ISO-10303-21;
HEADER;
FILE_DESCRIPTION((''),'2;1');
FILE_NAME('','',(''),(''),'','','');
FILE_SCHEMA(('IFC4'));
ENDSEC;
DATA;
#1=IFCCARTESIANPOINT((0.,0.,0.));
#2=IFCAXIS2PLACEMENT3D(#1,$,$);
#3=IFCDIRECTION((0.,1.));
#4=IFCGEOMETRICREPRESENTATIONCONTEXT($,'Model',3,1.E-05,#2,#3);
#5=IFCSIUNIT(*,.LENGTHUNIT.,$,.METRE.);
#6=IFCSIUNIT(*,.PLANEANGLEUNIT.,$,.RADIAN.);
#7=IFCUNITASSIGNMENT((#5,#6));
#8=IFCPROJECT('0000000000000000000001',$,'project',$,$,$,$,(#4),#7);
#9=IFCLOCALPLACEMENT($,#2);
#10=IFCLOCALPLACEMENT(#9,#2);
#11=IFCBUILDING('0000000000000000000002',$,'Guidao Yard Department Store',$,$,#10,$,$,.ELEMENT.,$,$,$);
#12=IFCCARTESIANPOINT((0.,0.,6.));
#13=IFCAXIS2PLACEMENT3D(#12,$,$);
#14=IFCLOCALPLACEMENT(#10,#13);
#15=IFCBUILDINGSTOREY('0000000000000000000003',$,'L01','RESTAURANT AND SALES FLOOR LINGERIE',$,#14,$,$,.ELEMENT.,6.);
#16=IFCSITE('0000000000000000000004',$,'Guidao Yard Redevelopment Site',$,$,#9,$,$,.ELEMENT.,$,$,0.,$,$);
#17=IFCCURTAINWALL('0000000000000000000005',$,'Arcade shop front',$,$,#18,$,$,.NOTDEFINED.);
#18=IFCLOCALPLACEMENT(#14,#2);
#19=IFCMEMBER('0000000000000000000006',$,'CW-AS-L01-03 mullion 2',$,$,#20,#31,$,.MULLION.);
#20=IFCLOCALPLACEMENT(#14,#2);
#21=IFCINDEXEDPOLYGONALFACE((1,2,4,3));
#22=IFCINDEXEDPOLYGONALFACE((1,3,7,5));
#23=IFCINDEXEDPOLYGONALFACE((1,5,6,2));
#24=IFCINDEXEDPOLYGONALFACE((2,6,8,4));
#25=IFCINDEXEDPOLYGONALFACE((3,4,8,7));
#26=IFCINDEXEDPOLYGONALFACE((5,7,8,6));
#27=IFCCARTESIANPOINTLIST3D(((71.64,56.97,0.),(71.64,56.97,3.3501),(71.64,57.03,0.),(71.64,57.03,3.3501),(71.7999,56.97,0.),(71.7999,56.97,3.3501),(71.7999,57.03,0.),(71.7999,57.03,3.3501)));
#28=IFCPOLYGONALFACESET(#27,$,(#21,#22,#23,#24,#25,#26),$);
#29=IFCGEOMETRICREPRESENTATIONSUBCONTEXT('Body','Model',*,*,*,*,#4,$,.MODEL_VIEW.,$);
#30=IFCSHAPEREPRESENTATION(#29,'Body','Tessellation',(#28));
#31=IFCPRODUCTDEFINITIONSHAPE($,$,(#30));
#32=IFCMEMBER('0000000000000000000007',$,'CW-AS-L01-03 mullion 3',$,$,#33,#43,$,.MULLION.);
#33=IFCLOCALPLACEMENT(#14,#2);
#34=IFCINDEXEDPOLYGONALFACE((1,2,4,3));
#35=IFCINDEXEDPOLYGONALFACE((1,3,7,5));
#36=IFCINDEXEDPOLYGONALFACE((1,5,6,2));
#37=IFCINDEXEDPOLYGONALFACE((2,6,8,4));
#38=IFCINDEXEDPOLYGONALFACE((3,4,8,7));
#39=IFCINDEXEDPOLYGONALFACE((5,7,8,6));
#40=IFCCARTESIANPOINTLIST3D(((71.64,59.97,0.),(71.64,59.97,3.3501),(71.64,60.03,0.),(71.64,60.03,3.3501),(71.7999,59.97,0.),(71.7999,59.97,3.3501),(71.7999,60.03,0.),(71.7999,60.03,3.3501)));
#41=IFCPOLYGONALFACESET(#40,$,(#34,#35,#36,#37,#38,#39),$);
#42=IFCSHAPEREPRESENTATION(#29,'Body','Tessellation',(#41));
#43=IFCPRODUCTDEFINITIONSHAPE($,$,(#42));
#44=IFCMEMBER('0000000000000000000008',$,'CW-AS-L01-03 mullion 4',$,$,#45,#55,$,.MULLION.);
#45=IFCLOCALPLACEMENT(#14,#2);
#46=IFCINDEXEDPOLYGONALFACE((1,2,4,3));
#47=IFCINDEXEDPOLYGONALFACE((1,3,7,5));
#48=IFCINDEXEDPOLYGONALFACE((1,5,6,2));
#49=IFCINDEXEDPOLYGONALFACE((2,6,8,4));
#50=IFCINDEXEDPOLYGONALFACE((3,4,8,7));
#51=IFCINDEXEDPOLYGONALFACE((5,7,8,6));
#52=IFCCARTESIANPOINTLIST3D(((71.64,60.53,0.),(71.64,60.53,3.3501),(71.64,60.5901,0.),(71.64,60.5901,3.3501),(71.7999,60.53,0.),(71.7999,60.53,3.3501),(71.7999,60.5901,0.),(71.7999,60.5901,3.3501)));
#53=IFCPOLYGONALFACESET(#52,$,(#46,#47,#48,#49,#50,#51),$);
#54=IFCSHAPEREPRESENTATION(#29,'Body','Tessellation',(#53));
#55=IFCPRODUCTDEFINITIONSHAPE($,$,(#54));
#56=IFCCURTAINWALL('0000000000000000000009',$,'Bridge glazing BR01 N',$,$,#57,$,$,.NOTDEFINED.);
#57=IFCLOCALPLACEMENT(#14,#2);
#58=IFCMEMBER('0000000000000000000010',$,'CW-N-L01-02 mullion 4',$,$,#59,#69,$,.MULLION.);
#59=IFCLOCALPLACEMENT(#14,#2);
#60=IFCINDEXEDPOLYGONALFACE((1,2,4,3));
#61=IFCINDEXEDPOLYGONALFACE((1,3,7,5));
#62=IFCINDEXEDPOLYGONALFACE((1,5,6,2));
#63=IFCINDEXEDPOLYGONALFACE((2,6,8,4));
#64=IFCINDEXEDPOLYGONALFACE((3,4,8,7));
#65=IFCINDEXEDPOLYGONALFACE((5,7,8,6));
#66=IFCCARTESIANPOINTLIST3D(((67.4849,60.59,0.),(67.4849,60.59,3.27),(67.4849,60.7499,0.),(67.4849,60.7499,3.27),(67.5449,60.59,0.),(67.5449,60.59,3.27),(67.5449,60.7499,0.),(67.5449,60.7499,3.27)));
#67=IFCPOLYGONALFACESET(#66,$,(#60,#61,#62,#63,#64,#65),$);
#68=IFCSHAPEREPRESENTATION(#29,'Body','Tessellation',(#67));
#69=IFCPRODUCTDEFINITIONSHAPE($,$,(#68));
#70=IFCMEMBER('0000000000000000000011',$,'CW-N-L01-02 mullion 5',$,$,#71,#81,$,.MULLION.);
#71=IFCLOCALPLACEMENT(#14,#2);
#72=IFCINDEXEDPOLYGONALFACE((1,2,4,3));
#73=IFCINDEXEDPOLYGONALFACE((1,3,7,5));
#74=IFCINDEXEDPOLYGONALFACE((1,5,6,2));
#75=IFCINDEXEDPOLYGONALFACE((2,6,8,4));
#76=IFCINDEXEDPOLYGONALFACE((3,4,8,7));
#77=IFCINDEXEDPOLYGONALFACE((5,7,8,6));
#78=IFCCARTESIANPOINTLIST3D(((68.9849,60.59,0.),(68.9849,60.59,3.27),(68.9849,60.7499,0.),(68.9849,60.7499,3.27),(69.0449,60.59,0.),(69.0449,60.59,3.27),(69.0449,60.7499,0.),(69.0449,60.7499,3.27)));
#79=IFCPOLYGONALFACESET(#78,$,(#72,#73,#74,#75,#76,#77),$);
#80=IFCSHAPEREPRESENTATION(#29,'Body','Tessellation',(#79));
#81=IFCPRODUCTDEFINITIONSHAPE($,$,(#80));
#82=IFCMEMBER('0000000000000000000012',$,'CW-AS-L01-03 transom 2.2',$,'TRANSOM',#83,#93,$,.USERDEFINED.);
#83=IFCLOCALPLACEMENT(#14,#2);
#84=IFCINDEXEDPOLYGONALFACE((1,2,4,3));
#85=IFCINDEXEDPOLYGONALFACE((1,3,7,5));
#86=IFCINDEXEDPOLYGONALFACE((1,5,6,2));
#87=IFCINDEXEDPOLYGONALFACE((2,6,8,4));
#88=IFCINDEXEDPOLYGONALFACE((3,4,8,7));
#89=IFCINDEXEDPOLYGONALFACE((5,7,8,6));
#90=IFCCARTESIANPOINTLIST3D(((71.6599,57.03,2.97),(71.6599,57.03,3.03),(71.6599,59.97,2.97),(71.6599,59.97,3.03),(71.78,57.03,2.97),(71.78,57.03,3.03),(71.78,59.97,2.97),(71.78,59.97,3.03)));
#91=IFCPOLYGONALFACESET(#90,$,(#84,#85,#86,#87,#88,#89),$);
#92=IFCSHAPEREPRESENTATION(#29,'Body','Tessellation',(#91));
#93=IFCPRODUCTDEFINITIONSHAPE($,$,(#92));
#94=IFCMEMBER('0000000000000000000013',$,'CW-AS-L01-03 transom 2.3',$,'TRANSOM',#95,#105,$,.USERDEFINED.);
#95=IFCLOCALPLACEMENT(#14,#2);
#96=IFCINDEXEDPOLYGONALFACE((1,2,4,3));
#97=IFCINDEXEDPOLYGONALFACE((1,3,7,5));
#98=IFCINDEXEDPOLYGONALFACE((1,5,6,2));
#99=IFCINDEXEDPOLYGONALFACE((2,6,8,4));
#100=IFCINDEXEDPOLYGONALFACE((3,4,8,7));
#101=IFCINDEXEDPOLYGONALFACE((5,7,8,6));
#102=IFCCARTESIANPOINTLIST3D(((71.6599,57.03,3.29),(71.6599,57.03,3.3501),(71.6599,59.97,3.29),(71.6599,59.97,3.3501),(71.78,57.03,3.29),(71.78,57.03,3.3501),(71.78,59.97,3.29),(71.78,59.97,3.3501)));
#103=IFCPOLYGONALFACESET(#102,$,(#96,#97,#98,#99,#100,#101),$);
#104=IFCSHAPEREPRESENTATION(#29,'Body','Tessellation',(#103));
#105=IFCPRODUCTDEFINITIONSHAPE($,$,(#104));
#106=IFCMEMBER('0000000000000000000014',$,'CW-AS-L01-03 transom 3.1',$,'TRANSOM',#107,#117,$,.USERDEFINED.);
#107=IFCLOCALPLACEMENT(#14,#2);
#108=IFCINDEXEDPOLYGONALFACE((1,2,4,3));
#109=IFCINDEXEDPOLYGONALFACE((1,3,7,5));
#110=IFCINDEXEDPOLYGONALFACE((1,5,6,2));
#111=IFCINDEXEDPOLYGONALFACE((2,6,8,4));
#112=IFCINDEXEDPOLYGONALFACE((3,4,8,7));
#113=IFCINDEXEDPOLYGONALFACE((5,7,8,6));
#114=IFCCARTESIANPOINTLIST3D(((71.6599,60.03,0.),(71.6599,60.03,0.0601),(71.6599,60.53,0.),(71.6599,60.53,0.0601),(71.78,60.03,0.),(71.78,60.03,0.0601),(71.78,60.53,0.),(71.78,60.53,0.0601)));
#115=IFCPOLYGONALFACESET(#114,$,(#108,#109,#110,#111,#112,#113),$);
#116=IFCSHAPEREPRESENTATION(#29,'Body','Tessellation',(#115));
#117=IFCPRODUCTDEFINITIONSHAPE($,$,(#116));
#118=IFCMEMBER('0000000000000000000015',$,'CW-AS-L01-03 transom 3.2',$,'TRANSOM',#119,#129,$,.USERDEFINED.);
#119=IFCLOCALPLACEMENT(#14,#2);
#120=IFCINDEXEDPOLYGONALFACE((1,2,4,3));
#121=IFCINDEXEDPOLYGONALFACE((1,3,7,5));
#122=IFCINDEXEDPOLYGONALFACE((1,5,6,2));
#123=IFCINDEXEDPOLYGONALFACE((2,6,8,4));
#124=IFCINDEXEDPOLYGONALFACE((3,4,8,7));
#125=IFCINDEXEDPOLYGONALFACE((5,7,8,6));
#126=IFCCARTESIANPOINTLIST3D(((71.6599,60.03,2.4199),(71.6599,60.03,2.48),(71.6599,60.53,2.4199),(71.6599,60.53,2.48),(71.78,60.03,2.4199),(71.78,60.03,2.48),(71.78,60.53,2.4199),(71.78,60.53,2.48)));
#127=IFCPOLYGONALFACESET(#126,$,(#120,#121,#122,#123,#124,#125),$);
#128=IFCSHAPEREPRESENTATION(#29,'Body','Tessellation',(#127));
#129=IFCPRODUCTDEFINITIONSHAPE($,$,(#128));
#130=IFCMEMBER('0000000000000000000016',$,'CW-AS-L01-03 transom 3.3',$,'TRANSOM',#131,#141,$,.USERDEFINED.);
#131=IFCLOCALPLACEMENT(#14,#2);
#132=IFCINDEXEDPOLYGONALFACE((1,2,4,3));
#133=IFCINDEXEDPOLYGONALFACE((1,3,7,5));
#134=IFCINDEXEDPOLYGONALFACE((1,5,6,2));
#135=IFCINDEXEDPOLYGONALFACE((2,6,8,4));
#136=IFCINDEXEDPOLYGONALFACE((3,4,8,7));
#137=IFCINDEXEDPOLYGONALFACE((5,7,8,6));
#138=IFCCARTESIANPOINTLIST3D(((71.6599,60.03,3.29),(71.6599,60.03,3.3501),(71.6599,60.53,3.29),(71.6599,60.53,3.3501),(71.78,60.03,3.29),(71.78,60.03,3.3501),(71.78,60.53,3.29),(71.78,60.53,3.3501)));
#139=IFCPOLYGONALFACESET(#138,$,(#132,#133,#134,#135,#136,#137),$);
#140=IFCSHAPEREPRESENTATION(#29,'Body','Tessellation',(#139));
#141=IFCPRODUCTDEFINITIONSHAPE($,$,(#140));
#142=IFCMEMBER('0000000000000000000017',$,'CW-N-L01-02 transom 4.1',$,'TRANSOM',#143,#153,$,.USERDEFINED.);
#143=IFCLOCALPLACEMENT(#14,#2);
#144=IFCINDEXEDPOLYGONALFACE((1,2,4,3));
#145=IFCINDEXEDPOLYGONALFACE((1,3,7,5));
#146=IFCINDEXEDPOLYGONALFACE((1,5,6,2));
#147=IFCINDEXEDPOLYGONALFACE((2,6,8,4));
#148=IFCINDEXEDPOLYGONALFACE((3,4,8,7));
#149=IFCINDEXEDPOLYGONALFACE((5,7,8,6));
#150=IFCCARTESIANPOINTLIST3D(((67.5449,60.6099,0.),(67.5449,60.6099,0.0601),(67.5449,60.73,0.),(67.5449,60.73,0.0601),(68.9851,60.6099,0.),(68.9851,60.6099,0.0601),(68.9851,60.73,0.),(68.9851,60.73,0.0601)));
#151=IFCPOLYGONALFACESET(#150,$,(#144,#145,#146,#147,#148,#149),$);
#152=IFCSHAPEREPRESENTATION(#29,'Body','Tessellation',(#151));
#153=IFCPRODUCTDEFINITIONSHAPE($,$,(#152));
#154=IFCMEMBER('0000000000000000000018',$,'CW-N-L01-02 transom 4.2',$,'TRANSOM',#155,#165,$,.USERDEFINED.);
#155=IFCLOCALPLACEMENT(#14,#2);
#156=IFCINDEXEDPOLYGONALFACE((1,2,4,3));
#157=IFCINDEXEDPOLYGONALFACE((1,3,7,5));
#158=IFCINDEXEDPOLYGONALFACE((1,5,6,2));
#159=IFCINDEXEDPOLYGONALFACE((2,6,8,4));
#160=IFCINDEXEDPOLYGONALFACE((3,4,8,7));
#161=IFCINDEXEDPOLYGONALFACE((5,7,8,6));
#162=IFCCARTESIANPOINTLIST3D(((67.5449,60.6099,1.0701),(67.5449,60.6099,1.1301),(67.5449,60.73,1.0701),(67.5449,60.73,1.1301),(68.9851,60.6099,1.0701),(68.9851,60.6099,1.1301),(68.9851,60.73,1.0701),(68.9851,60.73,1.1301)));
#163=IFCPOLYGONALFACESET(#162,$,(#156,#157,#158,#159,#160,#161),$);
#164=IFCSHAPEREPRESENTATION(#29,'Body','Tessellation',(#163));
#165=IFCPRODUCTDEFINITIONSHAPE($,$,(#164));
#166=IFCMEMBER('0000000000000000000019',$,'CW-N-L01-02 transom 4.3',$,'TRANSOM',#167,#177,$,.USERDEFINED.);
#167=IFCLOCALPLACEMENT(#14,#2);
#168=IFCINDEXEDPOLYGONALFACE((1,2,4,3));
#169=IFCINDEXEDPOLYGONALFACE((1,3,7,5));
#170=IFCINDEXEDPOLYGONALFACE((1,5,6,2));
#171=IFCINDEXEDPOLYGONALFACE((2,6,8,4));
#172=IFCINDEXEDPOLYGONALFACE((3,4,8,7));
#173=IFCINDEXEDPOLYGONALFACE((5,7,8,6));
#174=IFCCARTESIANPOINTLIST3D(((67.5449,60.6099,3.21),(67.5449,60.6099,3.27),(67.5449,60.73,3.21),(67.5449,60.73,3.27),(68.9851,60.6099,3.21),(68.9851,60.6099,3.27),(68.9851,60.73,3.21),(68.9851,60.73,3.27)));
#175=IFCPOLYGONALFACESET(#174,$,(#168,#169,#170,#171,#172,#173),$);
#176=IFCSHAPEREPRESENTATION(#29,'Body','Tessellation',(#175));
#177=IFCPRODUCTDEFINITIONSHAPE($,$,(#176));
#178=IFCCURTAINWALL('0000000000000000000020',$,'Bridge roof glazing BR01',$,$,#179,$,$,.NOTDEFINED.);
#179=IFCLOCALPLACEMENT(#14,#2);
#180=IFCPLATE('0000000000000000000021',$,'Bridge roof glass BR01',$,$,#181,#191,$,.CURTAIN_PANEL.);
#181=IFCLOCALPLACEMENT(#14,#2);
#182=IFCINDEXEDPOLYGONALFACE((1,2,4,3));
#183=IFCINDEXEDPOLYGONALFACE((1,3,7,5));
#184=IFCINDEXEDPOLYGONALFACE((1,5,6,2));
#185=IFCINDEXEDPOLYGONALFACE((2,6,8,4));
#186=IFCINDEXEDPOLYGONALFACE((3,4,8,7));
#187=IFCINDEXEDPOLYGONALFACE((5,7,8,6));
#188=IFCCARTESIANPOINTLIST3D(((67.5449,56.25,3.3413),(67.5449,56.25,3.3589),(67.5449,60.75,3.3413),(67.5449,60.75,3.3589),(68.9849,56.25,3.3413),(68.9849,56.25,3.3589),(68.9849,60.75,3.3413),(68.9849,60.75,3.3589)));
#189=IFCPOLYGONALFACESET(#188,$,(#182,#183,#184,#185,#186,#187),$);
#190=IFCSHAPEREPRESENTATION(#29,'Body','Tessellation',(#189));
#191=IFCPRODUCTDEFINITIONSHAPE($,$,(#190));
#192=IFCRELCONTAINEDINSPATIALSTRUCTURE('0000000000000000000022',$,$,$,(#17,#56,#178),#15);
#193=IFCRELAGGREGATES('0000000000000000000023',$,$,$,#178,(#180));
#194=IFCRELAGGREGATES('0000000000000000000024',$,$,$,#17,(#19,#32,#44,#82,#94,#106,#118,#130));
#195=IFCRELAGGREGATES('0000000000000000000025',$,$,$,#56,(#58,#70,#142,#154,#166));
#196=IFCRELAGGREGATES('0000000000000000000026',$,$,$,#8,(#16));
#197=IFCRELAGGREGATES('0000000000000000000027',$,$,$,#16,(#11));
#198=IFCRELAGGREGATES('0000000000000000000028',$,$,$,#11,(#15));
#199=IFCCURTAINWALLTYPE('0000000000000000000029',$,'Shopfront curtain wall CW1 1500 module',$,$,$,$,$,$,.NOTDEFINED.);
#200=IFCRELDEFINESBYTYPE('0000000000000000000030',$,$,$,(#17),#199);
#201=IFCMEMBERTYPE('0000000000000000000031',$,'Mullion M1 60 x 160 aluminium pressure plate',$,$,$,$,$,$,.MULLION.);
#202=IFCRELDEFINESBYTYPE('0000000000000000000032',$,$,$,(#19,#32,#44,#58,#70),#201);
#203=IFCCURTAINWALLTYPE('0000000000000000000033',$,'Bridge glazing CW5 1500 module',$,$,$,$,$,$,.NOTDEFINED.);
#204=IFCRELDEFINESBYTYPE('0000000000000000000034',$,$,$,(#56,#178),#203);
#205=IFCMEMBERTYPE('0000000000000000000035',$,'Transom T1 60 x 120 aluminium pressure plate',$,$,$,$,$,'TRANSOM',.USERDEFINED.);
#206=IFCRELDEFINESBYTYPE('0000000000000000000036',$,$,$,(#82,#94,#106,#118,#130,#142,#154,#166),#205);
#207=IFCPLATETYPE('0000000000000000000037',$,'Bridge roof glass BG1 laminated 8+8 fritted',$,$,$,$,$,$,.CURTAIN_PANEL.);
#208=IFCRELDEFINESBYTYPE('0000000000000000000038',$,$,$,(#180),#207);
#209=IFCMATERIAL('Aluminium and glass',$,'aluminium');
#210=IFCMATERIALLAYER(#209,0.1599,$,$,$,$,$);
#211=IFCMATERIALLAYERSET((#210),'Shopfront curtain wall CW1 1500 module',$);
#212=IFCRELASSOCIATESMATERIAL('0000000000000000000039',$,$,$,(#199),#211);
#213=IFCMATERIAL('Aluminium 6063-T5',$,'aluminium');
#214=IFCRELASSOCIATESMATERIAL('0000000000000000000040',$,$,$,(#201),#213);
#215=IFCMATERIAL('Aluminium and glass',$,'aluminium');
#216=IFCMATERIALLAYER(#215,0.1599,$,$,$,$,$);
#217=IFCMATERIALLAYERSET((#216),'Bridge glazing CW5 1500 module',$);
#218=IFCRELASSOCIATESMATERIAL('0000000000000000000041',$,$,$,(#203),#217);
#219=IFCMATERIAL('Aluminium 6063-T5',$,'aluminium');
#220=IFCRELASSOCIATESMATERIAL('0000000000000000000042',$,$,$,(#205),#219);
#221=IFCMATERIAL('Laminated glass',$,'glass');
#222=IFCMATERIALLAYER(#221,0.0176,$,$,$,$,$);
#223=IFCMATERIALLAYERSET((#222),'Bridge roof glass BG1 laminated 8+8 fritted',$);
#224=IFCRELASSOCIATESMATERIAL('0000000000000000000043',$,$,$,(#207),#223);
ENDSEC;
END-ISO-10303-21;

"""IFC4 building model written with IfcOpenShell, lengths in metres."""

from ifc_helpers import new_model, si_unit, direction, frame, origin, origin_2d, place, context, subcontext, project, spatial, rectangle, extrude, material, layer, layer_set, material_profile, profile_set, type_object, element, aggregate, save


model = new_model("IFC4")

# Units and contexts
model_context = context("Model", 3, precision=1e-05, world=origin(), true_north=direction((0.0, 1.0)))
body_context = subcontext(model_context, "Body", "Model", "MODEL_VIEW")
ifc_project = project(units=[si_unit("LENGTHUNIT", "METRE"), si_unit("PLANEANGLEUNIT", "RADIAN")], contexts=[model_context])

# Site, building, storey
site_placement = place(None, origin())
site = spatial("IfcSite", under=ifc_project, at=site_placement, Name="Guidao Yard Redevelopment Site", CompositionType="ELEMENT", RefElevation=0.0)
building_placement = place(site_placement, origin())
building = spatial("IfcBuilding", under=site, at=building_placement, Name="Guidao Yard Department Store", CompositionType="ELEMENT")
storey_placement = place(building_placement, frame((0.0, 0.0, 6.0)))
storey = spatial("IfcBuildingStorey", under=building, at=storey_placement, Name="L01", Description="RESTAURANT AND SALES FLOOR LINGERIE", CompositionType="ELEMENT", Elevation=6.0)

# Curtain walls, members
ifc_material_1 = material(Name="Aluminium and glass", Category="aluminium")
ifc_layer_1 = layer(ifc_material_1, 0.1599)
ifc_layer_set_1 = layer_set([ifc_layer_1], Name="Shopfront curtain wall CW1 1500 module")
curtain_wall_type_1 = type_object("IfcCurtainWallType", Name="Shopfront curtain wall CW1 1500 module", PredefinedType="NOTDEFINED", material=ifc_layer_set_1)
curtain_wall_1_placement = place(storey_placement, origin())
curtain_wall_1 = element("IfcCurtainWall", 1, at=curtain_wall_1_placement, inside=storey, type_object=curtain_wall_type_1, Name="Arcade shop front", PredefinedType="NOTDEFINED")
ifc_material_2 = material(Name="Aluminium 6063-T5", Category="aluminium")
ifc_material_profile_1 = material_profile(ifc_material_2, rectangle(XDim=0.0601, YDim=0.1599, at=origin_2d()), Name="Mullion M1 60 x 160 aluminium pressure plate")
ifc_profile_set_1 = profile_set([ifc_material_profile_1], Name="Aluminium 6063-T5")
member_type_1 = type_object("IfcMemberType", Name="Mullion M1 60 x 160 aluminium pressure plate", PredefinedType="MULLION", material=ifc_profile_set_1)
member_1_placement = place(storey_placement, frame((71.72, 57.0, 0.0), z_axis=(0.0, 0.0, 1.0), x_axis=(0.0, 1.0, 0.0)))
member_1 = element("IfcMember", 2, at=member_1_placement, type_object=member_type_1, Name="CW-AS-L01-03 mullion 2", PredefinedType="MULLION", context=body_context, shape_type="SweptSolid", body=[
    extrude(rectangle(XDim=0.0601, YDim=0.1599, at=origin_2d()), origin(), (0.0, 0.0, 1.0), 3.3501),
])
member_2_placement = place(storey_placement, frame((71.72, 60.0, 0.0), z_axis=(0.0, 0.0, 1.0), x_axis=(0.0, 1.0, 0.0)))
member_2 = element("IfcMember", 3, at=member_2_placement, type_object=member_type_1, Name="CW-AS-L01-03 mullion 3", PredefinedType="MULLION", context=body_context, shape_type="SweptSolid", body=[
    extrude(rectangle(XDim=0.0601, YDim=0.1599, at=origin_2d()), origin(), (0.0, 0.0, 1.0), 3.3501),
])
member_3_placement = place(storey_placement, frame((71.72, 60.5601, 0.0), z_axis=(0.0, 0.0, 1.0), x_axis=(0.0, 1.0, 0.0)))
member_3 = element("IfcMember", 4, at=member_3_placement, type_object=member_type_1, Name="CW-AS-L01-03 mullion 4", PredefinedType="MULLION", context=body_context, shape_type="SweptSolid", body=[
    extrude(rectangle(XDim=0.0601, YDim=0.1599, at=origin_2d()), origin(), (0.0, 0.0, 1.0), 3.3501),
])
ifc_material_3 = material(Name="Aluminium and glass", Category="aluminium")
ifc_layer_2 = layer(ifc_material_3, 0.1599)
ifc_layer_set_2 = layer_set([ifc_layer_2], Name="Bridge glazing CW5 1500 module")
curtain_wall_type_2 = type_object("IfcCurtainWallType", Name="Bridge glazing CW5 1500 module", PredefinedType="NOTDEFINED", material=ifc_layer_set_2)
curtain_wall_2_placement = place(storey_placement, origin())
curtain_wall_2 = element("IfcCurtainWall", 5, at=curtain_wall_2_placement, inside=storey, type_object=curtain_wall_type_2, Name="Bridge glazing BR01 N", PredefinedType="NOTDEFINED")
member_4_placement = place(storey_placement, frame((67.5149, 60.6699, 0.0), z_axis=(0.0, 0.0, 1.0), x_axis=(1.0, 0.0, 0.0)))
member_4 = element("IfcMember", 6, at=member_4_placement, type_object=member_type_1, Name="CW-N-L01-02 mullion 4", PredefinedType="MULLION", context=body_context, shape_type="SweptSolid", body=[
    extrude(rectangle(XDim=0.0601, YDim=0.1599, at=origin_2d()), origin(), (0.0, 0.0, 1.0), 3.27),
])
member_5_placement = place(storey_placement, frame((69.0149, 60.6699, 0.0), z_axis=(0.0, 0.0, 1.0), x_axis=(1.0, 0.0, 0.0)))
member_5 = element("IfcMember", 7, at=member_5_placement, type_object=member_type_1, Name="CW-N-L01-02 mullion 5", PredefinedType="MULLION", context=body_context, shape_type="SweptSolid", body=[
    extrude(rectangle(XDim=0.0601, YDim=0.1599, at=origin_2d()), origin(), (0.0, 0.0, 1.0), 3.27),
])

# Members
ifc_material_4 = material(Name="Aluminium 6063-T5", Category="aluminium")
ifc_material_profile_2 = material_profile(ifc_material_4, rectangle(XDim=0.1201, YDim=0.0601, at=origin_2d()), Name="Transom T1 60 x 120 aluminium pressure plate")
ifc_profile_set_2 = profile_set([ifc_material_profile_2], Name="Aluminium 6063-T5")
member_type_2 = type_object("IfcMemberType", Name="Transom T1 60 x 120 aluminium pressure plate", ElementType="TRANSOM", PredefinedType="USERDEFINED", material=ifc_profile_set_2)
member_6_placement = place(storey_placement, frame((71.72, 57.03, 3.0), z_axis=(0.0, 1.0, 0.0), x_axis=(-1.0, 0.0, 0.0)))
member_6 = element("IfcMember", 8, at=member_6_placement, type_object=member_type_2, Name="CW-AS-L01-03 transom 2.2", ObjectType="TRANSOM", PredefinedType="USERDEFINED", context=body_context, shape_type="SweptSolid", body=[
    extrude(rectangle(XDim=0.1201, YDim=0.0601, at=origin_2d()), origin(), (0.0, 0.0, 1.0), 2.9399),
])
member_7_placement = place(storey_placement, frame((71.72, 57.03, 3.3201), z_axis=(0.0, 1.0, 0.0), x_axis=(-1.0, 0.0, 0.0)))
member_7 = element("IfcMember", 9, at=member_7_placement, type_object=member_type_2, Name="CW-AS-L01-03 transom 2.3", ObjectType="TRANSOM", PredefinedType="USERDEFINED", context=body_context, shape_type="SweptSolid", body=[
    extrude(rectangle(XDim=0.1201, YDim=0.0601, at=origin_2d()), origin(), (0.0, 0.0, 1.0), 2.9399),
])
member_8_placement = place(storey_placement, frame((71.72, 60.03, 0.03), z_axis=(0.0, 1.0, 0.0), x_axis=(-1.0, 0.0, 0.0)))
member_8 = element("IfcMember", 10, at=member_8_placement, type_object=member_type_2, Name="CW-AS-L01-03 transom 3.1", ObjectType="TRANSOM", PredefinedType="USERDEFINED", context=body_context, shape_type="SweptSolid", body=[
    extrude(rectangle(XDim=0.1201, YDim=0.0601, at=origin_2d()), origin(), (0.0, 0.0, 1.0), 0.5),
])
member_9_placement = place(storey_placement, frame((71.72, 60.03, 2.45), z_axis=(0.0, 1.0, 0.0), x_axis=(-1.0, 0.0, 0.0)))
member_9 = element("IfcMember", 11, at=member_9_placement, type_object=member_type_2, Name="CW-AS-L01-03 transom 3.2", ObjectType="TRANSOM", PredefinedType="USERDEFINED", context=body_context, shape_type="SweptSolid", body=[
    extrude(rectangle(XDim=0.1201, YDim=0.0601, at=origin_2d()), origin(), (0.0, 0.0, 1.0), 0.5),
])
member_10_placement = place(storey_placement, frame((71.72, 60.03, 3.3201), z_axis=(0.0, 1.0, 0.0), x_axis=(-1.0, 0.0, 0.0)))
member_10 = element("IfcMember", 12, at=member_10_placement, type_object=member_type_2, Name="CW-AS-L01-03 transom 3.3", ObjectType="TRANSOM", PredefinedType="USERDEFINED", context=body_context, shape_type="SweptSolid", body=[
    extrude(rectangle(XDim=0.1201, YDim=0.0601, at=origin_2d()), origin(), (0.0, 0.0, 1.0), 0.5),
])
member_11_placement = place(storey_placement, frame((67.5449, 60.6699, 0.03), z_axis=(1.0, 0.0, 0.0), x_axis=(0.0, 1.0, 0.0)))
member_11 = element("IfcMember", 13, at=member_11_placement, type_object=member_type_2, Name="CW-N-L01-02 transom 4.1", ObjectType="TRANSOM", PredefinedType="USERDEFINED", context=body_context, shape_type="SweptSolid", body=[
    extrude(rectangle(XDim=0.1201, YDim=0.0601, at=origin_2d()), origin(), (0.0, 0.0, 1.0), 1.4402),
])
member_12_placement = place(storey_placement, frame((67.5449, 60.6699, 1.1001), z_axis=(1.0, 0.0, 0.0), x_axis=(0.0, 1.0, 0.0)))
member_12 = element("IfcMember", 14, at=member_12_placement, type_object=member_type_2, Name="CW-N-L01-02 transom 4.2", ObjectType="TRANSOM", PredefinedType="USERDEFINED", context=body_context, shape_type="SweptSolid", body=[
    extrude(rectangle(XDim=0.1201, YDim=0.0601, at=origin_2d()), origin(), (0.0, 0.0, 1.0), 1.4402),
])
member_13_placement = place(storey_placement, frame((67.5449, 60.6699, 3.24), z_axis=(1.0, 0.0, 0.0), x_axis=(0.0, 1.0, 0.0)))
member_13 = element("IfcMember", 15, at=member_13_placement, type_object=member_type_2, Name="CW-N-L01-02 transom 4.3", ObjectType="TRANSOM", PredefinedType="USERDEFINED", context=body_context, shape_type="SweptSolid", body=[
    extrude(rectangle(XDim=0.1201, YDim=0.0601, at=origin_2d()), origin(), (0.0, 0.0, 1.0), 1.4402),
])

# Curtain wall, plate
curtain_wall_3_placement = place(storey_placement, origin())
curtain_wall_3 = element("IfcCurtainWall", 16, at=curtain_wall_3_placement, inside=storey, type_object=curtain_wall_type_2, Name="Bridge roof glazing BR01", PredefinedType="NOTDEFINED")
ifc_material_5 = material(Name="Laminated glass", Category="glass")
ifc_layer_3 = layer(ifc_material_5, 0.0176)
ifc_layer_set_3 = layer_set([ifc_layer_3], Name="Bridge roof glass BG1 laminated 8+8 fritted")
plate_type_1 = type_object("IfcPlateType", Name="Bridge roof glass BG1 laminated 8+8 fritted", PredefinedType="CURTAIN_PANEL", material=ifc_layer_set_3)
plate_1_placement = place(storey_placement, frame((68.2649, 58.5, 3.3413), z_axis=(0.0, 0.0, 1.0), x_axis=(1.0, 0.0, 0.0)))
plate_1 = element("IfcPlate", 17, at=plate_1_placement, type_object=plate_type_1, Name="Bridge roof glass BR01", PredefinedType="CURTAIN_PANEL", context=body_context, shape_type="SweptSolid", body=[
    extrude(rectangle(XDim=1.4399, YDim=4.5, at=origin_2d()), origin(), (0.0, 0.0, 1.0), 0.0176),
])
aggregate(curtain_wall_3, [plate_1])

aggregate(curtain_wall_1, [member_1, member_2, member_3, member_6, member_7, member_8, member_9, member_10])
aggregate(curtain_wall_2, [member_4, member_5, member_11, member_12, member_13])

save(model, "model.ifc")
